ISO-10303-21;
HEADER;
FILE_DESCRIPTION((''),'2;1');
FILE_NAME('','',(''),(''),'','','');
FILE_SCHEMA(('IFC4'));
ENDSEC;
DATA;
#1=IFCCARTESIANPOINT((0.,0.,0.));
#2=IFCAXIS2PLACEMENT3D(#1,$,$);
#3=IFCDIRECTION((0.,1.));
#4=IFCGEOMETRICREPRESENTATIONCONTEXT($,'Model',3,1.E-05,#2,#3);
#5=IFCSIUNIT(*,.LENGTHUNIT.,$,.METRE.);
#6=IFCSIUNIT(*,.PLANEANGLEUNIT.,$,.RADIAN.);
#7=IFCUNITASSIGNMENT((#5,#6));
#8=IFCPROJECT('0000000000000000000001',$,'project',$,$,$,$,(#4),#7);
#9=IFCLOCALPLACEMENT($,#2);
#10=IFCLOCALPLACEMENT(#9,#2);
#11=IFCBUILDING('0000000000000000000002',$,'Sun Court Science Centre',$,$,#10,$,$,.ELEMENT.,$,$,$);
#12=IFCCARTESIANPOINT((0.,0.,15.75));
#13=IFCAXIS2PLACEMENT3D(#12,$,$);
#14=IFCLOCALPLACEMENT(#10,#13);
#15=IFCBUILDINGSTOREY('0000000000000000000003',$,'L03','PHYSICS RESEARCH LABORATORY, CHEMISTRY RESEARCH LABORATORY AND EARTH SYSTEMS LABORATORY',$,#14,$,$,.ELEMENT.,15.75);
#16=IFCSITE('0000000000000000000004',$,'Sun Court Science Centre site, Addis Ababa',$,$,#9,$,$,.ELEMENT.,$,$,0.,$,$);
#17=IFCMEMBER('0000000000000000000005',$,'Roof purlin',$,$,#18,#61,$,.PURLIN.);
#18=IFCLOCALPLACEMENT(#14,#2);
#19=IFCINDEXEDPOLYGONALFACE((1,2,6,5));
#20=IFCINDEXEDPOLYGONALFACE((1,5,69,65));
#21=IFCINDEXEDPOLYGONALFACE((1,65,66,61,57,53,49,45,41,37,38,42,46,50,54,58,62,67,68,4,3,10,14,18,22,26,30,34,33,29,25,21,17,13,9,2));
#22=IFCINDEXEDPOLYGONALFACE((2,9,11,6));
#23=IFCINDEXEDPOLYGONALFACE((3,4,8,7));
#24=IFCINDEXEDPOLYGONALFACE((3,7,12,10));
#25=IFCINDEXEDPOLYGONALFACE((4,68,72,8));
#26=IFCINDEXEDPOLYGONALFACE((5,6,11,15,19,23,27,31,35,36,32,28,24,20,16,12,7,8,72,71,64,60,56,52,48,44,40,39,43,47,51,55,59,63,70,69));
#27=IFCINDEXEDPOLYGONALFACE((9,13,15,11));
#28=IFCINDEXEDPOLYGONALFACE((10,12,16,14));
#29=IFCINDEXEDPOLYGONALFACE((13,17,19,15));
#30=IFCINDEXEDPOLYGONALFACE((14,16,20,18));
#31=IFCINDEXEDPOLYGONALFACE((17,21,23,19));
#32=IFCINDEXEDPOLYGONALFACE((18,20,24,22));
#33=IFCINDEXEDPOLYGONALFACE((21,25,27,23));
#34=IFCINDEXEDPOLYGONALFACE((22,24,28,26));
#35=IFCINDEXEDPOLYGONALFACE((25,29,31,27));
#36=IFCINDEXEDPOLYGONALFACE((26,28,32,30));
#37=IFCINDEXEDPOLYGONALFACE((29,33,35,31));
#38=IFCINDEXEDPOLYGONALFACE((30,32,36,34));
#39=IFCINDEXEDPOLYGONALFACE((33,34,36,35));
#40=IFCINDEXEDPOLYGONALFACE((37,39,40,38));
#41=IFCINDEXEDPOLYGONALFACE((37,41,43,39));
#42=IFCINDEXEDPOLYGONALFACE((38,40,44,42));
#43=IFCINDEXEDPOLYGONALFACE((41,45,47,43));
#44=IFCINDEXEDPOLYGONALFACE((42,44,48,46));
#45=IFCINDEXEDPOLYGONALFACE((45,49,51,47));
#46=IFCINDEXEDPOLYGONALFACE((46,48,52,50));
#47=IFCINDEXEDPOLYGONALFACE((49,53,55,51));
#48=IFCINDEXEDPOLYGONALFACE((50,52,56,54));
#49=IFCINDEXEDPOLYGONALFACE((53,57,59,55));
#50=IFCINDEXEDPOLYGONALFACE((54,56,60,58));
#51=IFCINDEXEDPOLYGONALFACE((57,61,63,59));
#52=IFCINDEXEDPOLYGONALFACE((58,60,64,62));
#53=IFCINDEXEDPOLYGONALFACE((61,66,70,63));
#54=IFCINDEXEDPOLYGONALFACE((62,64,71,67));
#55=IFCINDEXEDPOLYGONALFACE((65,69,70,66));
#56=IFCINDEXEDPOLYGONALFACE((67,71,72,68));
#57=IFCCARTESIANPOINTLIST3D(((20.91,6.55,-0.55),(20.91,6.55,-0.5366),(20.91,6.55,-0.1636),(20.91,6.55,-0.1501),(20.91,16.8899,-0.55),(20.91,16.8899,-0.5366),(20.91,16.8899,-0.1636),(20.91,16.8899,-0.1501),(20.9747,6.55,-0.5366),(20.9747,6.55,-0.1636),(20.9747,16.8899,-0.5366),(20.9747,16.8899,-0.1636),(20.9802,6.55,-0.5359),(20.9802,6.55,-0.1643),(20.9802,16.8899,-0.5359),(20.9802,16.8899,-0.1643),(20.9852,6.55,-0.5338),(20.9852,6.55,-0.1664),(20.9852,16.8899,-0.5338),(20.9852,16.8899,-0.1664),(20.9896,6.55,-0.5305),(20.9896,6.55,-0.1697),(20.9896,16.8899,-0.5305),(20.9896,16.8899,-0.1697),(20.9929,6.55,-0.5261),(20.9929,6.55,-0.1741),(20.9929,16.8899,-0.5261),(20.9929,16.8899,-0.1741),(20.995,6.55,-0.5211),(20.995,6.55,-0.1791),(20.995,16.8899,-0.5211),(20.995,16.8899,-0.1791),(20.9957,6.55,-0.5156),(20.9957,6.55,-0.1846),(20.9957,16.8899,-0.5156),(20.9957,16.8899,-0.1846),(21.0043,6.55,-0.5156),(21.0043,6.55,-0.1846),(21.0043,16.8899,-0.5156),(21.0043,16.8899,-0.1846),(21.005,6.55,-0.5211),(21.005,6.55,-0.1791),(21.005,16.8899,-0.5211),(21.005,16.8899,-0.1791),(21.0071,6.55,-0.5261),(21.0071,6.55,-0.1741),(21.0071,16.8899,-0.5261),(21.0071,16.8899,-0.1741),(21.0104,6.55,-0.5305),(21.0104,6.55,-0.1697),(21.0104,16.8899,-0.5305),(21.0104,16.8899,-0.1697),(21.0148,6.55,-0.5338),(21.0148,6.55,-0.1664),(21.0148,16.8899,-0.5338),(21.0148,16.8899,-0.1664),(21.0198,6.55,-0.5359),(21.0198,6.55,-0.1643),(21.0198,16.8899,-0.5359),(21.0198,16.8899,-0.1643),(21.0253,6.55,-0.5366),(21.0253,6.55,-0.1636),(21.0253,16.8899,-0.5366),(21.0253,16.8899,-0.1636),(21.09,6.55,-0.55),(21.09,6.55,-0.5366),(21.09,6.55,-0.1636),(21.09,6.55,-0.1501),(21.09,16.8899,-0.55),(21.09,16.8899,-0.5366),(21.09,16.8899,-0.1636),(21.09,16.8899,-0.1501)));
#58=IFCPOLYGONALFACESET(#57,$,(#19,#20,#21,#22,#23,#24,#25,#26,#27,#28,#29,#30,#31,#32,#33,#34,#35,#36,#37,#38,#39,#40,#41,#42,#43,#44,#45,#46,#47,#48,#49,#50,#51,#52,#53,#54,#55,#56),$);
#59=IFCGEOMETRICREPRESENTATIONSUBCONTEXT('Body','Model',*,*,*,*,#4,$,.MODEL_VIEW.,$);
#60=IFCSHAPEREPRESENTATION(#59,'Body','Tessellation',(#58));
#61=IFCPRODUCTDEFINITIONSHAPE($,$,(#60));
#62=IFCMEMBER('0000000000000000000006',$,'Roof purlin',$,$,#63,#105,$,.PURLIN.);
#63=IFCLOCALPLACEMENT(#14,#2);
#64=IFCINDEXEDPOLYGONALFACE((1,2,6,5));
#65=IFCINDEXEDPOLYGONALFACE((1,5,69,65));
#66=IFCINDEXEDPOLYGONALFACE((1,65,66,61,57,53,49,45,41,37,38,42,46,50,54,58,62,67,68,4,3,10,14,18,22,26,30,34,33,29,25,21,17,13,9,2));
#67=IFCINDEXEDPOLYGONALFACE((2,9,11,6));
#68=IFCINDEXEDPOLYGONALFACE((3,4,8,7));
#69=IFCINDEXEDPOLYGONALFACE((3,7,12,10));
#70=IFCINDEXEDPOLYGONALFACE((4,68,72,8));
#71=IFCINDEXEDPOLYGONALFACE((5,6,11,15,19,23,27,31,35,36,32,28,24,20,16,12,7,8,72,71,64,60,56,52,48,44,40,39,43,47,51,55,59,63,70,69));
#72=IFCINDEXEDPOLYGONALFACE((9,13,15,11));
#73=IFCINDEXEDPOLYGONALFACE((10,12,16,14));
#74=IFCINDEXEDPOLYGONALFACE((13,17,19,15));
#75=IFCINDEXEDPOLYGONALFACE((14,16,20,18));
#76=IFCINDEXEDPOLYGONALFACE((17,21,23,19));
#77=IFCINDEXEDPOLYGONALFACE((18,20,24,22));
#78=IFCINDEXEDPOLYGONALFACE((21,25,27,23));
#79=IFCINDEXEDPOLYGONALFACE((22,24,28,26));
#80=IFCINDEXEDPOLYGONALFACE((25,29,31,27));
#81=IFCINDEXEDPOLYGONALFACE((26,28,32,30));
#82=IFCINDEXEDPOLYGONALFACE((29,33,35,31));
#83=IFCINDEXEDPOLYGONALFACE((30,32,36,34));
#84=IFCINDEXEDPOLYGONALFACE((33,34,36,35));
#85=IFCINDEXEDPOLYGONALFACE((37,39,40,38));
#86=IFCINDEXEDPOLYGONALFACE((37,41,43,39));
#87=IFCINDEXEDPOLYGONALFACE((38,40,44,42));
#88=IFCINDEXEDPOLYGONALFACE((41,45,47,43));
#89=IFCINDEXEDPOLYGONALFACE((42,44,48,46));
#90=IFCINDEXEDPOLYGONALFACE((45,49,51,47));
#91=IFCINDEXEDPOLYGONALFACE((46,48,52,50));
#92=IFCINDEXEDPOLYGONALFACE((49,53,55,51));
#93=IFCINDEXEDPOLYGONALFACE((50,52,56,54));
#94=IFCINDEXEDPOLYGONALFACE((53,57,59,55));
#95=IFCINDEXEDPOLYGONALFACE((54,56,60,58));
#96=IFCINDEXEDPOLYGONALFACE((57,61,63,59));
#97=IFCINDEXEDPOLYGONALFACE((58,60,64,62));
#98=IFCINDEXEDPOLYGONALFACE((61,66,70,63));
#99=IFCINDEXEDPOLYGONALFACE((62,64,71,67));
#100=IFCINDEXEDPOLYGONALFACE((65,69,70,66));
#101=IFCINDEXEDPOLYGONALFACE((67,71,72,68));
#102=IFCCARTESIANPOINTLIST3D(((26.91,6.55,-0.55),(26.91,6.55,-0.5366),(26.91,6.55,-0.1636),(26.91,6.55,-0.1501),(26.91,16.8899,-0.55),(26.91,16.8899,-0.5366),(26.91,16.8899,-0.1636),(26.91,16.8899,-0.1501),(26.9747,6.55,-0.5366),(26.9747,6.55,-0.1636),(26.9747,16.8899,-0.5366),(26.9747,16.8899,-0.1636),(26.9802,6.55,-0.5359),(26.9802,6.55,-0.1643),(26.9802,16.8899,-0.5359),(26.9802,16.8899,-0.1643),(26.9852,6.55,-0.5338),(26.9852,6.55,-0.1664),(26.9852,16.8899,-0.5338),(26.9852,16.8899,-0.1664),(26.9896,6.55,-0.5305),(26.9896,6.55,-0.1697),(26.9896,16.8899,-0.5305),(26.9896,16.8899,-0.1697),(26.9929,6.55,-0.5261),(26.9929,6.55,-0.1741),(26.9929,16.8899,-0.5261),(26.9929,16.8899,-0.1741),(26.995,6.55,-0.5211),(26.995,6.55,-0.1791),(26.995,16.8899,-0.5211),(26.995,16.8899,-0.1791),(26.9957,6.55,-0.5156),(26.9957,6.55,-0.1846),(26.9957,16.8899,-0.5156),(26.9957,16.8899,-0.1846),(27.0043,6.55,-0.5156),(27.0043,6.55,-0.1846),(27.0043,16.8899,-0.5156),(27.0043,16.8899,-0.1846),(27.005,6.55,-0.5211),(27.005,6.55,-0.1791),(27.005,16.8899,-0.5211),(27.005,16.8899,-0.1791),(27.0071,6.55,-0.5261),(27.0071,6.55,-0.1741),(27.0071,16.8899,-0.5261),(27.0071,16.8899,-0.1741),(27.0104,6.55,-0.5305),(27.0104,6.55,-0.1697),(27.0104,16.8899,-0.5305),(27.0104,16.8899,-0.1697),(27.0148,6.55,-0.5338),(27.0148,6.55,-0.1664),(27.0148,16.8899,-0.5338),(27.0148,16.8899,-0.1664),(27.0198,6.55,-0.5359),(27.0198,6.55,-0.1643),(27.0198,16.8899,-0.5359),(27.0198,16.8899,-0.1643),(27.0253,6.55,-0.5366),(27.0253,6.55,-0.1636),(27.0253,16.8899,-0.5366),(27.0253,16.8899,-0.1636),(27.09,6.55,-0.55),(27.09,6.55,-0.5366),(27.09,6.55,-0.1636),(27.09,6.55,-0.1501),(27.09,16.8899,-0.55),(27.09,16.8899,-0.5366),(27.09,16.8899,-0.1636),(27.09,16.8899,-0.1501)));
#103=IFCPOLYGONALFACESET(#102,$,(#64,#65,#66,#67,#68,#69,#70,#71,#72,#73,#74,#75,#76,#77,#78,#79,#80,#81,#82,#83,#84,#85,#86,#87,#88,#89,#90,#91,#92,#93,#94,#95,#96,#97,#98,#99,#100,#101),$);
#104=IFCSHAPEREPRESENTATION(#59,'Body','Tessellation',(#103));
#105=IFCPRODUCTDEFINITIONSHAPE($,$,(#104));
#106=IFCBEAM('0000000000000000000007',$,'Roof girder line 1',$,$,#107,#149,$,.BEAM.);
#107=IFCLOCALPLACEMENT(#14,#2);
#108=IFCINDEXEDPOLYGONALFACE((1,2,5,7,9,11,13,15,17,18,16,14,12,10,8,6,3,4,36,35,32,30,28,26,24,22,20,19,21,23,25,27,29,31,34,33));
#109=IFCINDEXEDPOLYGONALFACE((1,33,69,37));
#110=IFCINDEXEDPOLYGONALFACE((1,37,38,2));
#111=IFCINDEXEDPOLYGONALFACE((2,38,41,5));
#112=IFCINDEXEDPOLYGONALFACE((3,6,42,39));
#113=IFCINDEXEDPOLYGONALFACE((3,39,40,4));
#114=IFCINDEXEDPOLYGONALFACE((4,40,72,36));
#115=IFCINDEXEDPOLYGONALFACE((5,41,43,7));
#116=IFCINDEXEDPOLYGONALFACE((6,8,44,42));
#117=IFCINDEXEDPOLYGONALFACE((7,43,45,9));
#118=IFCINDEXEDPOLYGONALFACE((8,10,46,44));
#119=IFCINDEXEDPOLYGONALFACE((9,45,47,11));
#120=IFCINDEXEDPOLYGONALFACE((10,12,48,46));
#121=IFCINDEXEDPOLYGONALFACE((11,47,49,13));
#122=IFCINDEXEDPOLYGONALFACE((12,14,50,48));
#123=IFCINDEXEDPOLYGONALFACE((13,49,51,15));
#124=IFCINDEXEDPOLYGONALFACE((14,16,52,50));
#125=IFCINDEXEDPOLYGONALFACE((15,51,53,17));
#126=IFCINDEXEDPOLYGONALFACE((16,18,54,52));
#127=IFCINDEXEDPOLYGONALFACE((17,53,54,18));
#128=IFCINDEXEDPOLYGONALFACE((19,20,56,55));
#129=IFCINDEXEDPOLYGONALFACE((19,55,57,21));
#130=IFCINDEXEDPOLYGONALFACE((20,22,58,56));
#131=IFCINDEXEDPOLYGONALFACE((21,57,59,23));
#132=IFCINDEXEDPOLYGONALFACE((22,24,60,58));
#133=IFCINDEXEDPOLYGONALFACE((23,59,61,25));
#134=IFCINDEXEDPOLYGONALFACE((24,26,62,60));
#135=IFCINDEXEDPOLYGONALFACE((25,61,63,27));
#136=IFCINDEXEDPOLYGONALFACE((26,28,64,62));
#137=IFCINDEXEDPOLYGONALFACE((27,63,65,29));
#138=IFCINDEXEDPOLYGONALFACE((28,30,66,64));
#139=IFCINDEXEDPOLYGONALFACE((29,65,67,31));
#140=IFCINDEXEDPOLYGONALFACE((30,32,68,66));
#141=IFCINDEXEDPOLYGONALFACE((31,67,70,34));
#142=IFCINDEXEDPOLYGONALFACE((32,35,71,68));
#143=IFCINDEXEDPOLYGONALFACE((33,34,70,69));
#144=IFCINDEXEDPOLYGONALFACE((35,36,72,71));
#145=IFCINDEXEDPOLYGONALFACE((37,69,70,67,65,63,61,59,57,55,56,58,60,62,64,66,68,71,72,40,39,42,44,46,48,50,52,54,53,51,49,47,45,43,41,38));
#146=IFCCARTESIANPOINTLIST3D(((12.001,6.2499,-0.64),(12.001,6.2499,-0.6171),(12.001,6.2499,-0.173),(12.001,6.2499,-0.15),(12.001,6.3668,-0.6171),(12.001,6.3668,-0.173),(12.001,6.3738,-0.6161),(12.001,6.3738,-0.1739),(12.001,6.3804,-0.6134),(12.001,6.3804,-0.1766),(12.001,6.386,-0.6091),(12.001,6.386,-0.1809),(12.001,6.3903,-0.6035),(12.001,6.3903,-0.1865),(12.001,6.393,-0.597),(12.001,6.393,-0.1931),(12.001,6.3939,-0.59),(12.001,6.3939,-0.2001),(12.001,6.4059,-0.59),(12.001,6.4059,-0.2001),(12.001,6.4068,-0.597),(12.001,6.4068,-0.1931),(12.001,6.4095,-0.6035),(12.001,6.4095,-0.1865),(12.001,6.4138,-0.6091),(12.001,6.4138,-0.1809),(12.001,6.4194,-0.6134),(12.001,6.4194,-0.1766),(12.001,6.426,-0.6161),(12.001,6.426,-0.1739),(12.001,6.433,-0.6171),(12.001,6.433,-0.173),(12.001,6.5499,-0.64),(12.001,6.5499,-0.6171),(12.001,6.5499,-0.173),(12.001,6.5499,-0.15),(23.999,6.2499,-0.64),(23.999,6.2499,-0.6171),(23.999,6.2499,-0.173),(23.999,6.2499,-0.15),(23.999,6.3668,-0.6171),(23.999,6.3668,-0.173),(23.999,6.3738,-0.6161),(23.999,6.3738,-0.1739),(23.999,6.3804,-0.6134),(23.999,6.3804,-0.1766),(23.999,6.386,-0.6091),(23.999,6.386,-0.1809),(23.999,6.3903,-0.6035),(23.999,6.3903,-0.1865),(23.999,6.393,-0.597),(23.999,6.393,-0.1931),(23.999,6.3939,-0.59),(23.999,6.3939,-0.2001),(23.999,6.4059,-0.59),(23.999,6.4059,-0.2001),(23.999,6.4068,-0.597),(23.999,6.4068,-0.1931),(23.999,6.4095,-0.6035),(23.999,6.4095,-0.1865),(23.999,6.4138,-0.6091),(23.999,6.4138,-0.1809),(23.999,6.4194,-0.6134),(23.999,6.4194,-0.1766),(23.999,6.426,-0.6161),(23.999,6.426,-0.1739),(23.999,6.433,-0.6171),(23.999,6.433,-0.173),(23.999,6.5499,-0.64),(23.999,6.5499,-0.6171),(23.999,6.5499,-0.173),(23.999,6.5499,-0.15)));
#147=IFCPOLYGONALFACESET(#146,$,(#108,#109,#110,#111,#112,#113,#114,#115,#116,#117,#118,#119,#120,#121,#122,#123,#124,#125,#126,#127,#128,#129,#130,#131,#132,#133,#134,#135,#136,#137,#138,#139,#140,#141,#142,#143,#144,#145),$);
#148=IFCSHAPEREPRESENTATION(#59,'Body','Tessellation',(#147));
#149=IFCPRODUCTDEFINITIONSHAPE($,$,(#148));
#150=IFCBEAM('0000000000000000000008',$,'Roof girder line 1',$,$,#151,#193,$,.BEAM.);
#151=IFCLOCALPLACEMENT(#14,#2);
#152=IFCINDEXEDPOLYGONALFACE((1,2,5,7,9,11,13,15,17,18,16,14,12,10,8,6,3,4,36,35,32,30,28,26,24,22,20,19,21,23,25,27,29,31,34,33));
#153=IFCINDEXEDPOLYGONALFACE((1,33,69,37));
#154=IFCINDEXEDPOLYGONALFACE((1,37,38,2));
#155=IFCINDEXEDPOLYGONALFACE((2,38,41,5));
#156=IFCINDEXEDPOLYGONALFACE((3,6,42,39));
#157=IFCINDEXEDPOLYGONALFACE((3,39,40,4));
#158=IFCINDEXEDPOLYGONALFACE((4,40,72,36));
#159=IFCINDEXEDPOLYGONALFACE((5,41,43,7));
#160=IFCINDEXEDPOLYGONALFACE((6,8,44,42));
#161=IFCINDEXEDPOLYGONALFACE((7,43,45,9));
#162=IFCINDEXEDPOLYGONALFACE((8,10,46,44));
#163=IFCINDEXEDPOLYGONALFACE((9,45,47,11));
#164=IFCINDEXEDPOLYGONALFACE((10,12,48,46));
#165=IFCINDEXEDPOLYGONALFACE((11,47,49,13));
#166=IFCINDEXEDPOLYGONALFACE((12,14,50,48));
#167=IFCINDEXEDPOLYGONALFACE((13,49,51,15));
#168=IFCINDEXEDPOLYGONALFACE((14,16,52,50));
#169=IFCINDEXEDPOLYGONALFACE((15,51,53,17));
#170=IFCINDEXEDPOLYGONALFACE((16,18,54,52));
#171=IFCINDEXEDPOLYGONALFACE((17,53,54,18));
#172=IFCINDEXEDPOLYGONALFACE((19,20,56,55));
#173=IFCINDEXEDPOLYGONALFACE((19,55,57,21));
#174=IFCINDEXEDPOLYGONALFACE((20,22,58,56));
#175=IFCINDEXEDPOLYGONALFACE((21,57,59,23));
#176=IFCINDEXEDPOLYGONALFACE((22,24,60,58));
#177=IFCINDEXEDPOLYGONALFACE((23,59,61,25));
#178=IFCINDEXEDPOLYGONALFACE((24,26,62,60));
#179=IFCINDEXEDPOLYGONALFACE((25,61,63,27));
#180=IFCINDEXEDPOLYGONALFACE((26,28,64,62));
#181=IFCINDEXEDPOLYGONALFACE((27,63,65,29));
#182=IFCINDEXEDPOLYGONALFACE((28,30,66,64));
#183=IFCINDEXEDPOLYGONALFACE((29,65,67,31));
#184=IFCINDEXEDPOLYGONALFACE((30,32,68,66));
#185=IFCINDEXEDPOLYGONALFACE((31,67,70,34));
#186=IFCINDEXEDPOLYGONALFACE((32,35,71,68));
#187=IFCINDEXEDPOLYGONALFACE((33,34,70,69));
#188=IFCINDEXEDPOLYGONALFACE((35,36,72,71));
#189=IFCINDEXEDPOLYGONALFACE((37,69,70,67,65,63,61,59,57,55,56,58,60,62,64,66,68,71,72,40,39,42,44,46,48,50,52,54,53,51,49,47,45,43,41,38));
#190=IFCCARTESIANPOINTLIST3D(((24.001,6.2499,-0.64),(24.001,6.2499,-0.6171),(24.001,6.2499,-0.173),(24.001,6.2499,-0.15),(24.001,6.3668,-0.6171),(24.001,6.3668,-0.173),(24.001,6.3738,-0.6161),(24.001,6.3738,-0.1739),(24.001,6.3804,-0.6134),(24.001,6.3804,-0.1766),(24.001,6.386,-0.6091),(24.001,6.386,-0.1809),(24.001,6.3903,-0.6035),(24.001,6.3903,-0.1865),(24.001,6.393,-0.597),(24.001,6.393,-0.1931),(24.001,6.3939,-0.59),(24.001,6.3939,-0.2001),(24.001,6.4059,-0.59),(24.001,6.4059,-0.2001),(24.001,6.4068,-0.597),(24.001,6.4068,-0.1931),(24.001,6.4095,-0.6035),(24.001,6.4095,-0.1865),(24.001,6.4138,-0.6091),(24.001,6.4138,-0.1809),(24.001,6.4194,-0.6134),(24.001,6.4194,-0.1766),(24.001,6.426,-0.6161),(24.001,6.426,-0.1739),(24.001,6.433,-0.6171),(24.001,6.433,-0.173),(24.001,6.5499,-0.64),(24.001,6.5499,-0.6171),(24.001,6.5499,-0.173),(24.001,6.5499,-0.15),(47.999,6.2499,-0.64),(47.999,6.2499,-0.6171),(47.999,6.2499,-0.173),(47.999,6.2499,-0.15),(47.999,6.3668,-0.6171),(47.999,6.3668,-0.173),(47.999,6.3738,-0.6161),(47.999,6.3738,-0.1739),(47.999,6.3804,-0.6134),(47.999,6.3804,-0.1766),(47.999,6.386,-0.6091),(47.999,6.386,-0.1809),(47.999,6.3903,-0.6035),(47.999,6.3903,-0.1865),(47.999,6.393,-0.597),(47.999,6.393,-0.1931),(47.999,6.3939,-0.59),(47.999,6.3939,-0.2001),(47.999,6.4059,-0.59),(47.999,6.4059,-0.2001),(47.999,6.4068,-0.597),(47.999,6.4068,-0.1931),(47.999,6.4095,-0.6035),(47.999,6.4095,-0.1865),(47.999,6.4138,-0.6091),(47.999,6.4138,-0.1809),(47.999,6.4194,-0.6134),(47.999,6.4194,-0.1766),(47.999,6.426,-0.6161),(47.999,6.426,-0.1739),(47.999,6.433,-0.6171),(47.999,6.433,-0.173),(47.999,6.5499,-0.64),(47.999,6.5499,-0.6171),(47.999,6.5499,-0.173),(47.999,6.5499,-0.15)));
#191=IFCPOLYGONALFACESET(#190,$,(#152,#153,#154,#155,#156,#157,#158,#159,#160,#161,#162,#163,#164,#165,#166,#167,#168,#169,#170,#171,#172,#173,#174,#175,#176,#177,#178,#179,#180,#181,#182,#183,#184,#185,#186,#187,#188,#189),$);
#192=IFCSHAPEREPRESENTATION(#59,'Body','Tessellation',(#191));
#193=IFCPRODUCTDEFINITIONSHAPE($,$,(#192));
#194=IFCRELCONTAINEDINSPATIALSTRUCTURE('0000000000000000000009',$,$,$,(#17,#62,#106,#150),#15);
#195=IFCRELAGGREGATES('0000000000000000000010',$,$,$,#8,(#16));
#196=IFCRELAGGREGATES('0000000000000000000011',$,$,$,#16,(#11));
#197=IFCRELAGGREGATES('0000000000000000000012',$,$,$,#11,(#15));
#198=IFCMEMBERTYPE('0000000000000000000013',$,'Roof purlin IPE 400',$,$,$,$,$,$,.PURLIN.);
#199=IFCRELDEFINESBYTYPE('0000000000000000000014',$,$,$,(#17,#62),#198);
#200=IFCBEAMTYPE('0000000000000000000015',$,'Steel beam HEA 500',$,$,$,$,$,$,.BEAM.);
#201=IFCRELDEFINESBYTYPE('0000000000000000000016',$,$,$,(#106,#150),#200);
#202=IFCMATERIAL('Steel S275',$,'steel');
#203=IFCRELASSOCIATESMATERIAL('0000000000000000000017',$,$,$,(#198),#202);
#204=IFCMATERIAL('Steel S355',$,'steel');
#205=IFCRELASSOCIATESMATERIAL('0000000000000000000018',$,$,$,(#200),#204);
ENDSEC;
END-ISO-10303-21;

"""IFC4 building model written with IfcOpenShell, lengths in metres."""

from ifc_helpers import new_model, si_unit, direction, frame, origin, origin_2d, place, context, subcontext, project, spatial, i_section, extrude, material, material_profile, profile_set, type_object, element, save


model = new_model("IFC4")

# Units and contexts
model_context = context("Model", 3, precision=1e-05, world=origin(), true_north=direction((0.0, 1.0)))
body_context = subcontext(model_context, "Body", "Model", "MODEL_VIEW")
ifc_project = project(units=[si_unit("LENGTHUNIT", "METRE"), si_unit("PLANEANGLEUNIT", "RADIAN")], contexts=[model_context])

# Site, building, storey
site_placement = place(None, origin())
site = spatial("IfcSite", under=ifc_project, at=site_placement, Name="Sun Court Science Centre site, Addis Ababa", CompositionType="ELEMENT", RefElevation=0.0)
building_placement = place(site_placement, origin())
building = spatial("IfcBuilding", under=site, at=building_placement, Name="Sun Court Science Centre", CompositionType="ELEMENT")
storey_placement = place(building_placement, frame((0.0, 0.0, 15.75)))
storey = spatial("IfcBuildingStorey", under=building, at=storey_placement, Name="L03", Description="PHYSICS RESEARCH LABORATORY, CHEMISTRY RESEARCH LABORATORY AND EARTH SYSTEMS LABORATORY", CompositionType="ELEMENT", Elevation=15.75)

# Members
ifc_material_1 = material(Name="Steel S275", Category="steel")
ifc_material_profile_1 = material_profile(ifc_material_1, i_section(OverallWidth=0.1799, OverallDepth=0.3999, WebThickness=0.0085, FlangeThickness=0.0134, FilletRadius=0.021, at=origin_2d()), Name="IPE 400")
ifc_profile_set_1 = profile_set([ifc_material_profile_1], Name="Steel S275")
member_type_1 = type_object("IfcMemberType", Name="Roof purlin IPE 400", PredefinedType="PURLIN", material=ifc_profile_set_1)
for number, where, z_axis, x_axis, name in (
    (1, (21.0, 6.55, -0.3501), (0.0, 1.0, 0.0), (-1.0, 0.0, 0.0), "Roof purlin"),
    (2, (27.0, 6.55, -0.3501), (0.0, 1.0, 0.0), (-1.0, 0.0, 0.0), "Roof purlin"),
):
    element("IfcMember", number, at=place(storey_placement, frame(where, z_axis=z_axis, x_axis=x_axis)), inside=storey, type_object=member_type_1, Name=name, PredefinedType="PURLIN", context=body_context, shape_type="SweptSolid", body=[
        extrude(i_section(OverallWidth=0.1799, OverallDepth=0.3999, WebThickness=0.0085, FlangeThickness=0.0134, FilletRadius=0.021, at=origin_2d()), origin(), (0.0, 0.0, 1.0), 10.3398),
    ])

# Beams
ifc_material_2 = material(Name="Steel S355", Category="steel")
ifc_material_profile_2 = material_profile(ifc_material_2, i_section(OverallWidth=0.3, OverallDepth=0.49, WebThickness=0.012, FlangeThickness=0.0229, FilletRadius=0.0271, at=origin_2d()), Name="HEA 500")
ifc_profile_set_2 = profile_set([ifc_material_profile_2], Name="Steel S355")
beam_type = type_object("IfcBeamType", Name="Steel beam HEA 500", PredefinedType="BEAM", material=ifc_profile_set_2)
beam_1_placement = place(storey_placement, frame((12.001, 6.3999, -0.395), z_axis=(1.0, 0.0, 0.0), x_axis=(0.0, 1.0, 0.0)))
element("IfcBeam", 3, at=beam_1_placement, inside=storey, type_object=beam_type, Name="Roof girder line 1", PredefinedType="BEAM", context=body_context, shape_type="SweptSolid", body=[
    extrude(i_section(OverallWidth=0.3, OverallDepth=0.49, WebThickness=0.012, FlangeThickness=0.0229, FilletRadius=0.0271, at=origin_2d()), origin(), (0.0, 0.0, 1.0), 11.998),
])
beam_2_placement = place(storey_placement, frame((24.001, 6.3999, -0.395), z_axis=(1.0, 0.0, 0.0), x_axis=(0.0, 1.0, 0.0)))
element("IfcBeam", 4, at=beam_2_placement, inside=storey, type_object=beam_type, Name="Roof girder line 1", PredefinedType="BEAM", context=body_context, shape_type="SweptSolid", body=[
    extrude(i_section(OverallWidth=0.3, OverallDepth=0.49, WebThickness=0.012, FlangeThickness=0.0229, FilletRadius=0.0271, at=origin_2d()), origin(), (0.0, 0.0, 1.0), 23.998),
])

save(model, "model.ifc")
